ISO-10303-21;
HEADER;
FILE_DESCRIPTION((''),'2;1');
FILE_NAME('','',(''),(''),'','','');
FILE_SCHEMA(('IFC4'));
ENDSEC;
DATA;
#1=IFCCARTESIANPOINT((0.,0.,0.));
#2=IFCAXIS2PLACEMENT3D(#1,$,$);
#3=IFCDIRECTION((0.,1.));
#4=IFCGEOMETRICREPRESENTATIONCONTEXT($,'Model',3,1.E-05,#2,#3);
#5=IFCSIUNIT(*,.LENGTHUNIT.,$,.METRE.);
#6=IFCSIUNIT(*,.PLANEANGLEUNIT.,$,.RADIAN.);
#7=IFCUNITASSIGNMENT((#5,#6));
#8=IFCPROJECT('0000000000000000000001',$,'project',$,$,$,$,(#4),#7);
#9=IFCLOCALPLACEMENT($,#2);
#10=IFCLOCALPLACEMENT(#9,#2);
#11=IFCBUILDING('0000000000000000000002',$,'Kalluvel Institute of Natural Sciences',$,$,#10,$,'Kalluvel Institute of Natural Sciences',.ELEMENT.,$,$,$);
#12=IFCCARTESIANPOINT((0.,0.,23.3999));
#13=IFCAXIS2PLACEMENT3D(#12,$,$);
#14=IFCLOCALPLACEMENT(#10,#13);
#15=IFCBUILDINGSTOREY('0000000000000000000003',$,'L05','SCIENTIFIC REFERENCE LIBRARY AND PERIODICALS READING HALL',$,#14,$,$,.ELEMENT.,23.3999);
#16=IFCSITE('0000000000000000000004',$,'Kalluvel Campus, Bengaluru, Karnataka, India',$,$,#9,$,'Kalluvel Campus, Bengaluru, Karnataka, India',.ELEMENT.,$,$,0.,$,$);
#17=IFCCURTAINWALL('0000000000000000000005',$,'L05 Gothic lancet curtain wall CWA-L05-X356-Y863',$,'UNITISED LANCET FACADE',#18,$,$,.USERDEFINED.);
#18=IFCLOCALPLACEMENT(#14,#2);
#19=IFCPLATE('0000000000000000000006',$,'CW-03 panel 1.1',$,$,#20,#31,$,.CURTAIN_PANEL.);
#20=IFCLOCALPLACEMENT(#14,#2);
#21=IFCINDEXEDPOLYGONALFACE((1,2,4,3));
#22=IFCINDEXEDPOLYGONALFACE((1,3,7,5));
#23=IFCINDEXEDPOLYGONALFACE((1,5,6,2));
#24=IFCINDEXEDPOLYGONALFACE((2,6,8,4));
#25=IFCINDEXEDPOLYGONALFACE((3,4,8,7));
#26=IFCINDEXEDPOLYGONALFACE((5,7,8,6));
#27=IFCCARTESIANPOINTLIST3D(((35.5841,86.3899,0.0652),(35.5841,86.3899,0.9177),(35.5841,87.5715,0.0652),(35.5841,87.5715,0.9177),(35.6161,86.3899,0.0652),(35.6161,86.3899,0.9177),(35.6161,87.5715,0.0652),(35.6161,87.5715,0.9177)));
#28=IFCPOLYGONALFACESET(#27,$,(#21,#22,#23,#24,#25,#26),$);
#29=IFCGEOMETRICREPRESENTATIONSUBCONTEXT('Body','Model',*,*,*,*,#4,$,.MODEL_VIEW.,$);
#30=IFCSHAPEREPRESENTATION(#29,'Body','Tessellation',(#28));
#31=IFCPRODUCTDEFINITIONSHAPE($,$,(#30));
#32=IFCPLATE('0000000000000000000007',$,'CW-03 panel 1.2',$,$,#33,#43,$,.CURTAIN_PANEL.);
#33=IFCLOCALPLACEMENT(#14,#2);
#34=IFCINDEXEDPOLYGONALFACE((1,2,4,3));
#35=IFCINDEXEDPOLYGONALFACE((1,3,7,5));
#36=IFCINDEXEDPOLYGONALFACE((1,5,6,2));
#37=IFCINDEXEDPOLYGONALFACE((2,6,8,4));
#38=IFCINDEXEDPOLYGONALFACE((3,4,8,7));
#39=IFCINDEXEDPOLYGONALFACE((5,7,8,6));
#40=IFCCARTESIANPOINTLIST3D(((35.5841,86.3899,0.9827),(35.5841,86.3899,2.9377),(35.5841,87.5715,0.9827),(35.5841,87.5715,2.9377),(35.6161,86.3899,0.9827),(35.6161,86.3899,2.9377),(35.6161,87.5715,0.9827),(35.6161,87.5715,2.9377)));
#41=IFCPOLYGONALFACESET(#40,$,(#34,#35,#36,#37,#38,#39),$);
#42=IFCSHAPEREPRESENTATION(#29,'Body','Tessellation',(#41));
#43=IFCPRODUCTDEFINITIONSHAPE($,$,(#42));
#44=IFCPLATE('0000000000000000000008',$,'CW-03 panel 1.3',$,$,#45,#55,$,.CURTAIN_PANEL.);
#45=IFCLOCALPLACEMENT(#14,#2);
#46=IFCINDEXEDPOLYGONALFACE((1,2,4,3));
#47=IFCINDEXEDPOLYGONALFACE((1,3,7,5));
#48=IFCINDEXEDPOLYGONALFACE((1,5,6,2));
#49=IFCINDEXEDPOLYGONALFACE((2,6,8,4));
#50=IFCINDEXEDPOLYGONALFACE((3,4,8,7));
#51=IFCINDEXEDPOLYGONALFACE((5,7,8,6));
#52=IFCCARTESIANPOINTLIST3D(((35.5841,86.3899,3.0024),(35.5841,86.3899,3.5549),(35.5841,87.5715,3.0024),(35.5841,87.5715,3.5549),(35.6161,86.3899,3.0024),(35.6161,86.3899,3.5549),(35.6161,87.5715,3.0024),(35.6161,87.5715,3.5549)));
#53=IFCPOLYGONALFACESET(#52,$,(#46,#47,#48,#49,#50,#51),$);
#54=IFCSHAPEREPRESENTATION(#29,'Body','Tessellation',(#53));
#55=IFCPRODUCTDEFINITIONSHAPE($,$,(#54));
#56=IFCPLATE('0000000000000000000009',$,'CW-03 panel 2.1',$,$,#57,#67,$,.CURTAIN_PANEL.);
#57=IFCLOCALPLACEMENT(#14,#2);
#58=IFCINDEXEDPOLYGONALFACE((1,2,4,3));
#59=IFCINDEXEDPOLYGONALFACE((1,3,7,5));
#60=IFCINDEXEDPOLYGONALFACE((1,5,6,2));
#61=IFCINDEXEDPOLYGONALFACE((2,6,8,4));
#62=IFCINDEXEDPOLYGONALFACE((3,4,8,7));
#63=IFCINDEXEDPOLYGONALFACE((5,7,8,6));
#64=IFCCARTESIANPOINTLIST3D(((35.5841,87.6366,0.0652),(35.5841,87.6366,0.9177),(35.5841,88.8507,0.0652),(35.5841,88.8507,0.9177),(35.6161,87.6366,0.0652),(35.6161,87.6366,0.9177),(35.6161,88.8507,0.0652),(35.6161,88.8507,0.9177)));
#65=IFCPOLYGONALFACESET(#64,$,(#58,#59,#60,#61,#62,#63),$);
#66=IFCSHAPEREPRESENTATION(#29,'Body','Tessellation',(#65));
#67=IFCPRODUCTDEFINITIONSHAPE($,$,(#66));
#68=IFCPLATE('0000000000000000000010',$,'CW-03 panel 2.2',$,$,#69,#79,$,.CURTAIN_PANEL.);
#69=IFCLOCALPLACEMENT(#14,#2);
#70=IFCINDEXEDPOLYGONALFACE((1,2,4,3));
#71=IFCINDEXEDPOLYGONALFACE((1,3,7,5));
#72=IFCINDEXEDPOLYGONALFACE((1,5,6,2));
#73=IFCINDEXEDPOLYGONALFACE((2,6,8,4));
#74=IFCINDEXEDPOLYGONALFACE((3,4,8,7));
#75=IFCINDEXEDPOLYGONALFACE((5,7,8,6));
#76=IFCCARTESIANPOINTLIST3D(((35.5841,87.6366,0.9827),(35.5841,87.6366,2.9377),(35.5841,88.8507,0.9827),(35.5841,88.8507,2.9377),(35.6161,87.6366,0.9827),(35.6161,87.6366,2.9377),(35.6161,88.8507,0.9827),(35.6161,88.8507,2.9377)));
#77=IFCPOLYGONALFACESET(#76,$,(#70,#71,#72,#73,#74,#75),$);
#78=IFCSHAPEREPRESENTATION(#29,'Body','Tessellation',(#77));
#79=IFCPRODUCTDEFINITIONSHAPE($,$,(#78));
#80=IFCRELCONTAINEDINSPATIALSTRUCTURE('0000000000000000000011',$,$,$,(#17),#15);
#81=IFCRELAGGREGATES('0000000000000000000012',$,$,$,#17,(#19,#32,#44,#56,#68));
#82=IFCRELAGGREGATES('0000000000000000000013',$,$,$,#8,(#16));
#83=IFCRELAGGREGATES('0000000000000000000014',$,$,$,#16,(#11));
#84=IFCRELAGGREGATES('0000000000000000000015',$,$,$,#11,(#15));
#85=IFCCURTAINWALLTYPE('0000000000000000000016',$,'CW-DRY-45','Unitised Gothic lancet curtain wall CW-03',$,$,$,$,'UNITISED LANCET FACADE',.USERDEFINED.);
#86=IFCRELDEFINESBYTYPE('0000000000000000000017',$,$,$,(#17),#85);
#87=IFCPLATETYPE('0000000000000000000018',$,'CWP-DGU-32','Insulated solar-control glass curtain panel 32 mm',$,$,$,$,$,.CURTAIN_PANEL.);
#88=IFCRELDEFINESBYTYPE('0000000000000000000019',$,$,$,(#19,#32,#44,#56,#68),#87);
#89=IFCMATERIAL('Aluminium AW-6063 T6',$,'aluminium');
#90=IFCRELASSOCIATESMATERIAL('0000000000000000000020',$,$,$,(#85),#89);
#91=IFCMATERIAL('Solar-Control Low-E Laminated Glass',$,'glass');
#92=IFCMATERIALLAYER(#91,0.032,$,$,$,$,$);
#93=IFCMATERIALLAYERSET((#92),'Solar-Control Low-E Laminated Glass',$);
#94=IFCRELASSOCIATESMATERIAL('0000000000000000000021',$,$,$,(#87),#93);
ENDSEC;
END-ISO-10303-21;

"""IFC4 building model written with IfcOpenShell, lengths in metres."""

from ifc_helpers import new_model, si_unit, direction, frame, origin, origin_2d, place, context, subcontext, project, spatial, rectangle, extrude, material, layer, layer_set, type_object, element, aggregate, save


model = new_model("IFC4")

# Units and contexts
model_context = context("Model", 3, precision=1e-05, world=origin(), true_north=direction((0.0, 1.0)))
body_context = subcontext(model_context, "Body", "Model", "MODEL_VIEW")
ifc_project = project(units=[si_unit("LENGTHUNIT", "METRE"), si_unit("PLANEANGLEUNIT", "RADIAN")], contexts=[model_context])

# Site, building, storey
site_placement = place(None, origin())
site = spatial("IfcSite", under=ifc_project, at=site_placement, Name="Kalluvel Campus, Bengaluru, Karnataka, India", LongName="Kalluvel Campus, Bengaluru, Karnataka, India", CompositionType="ELEMENT", RefElevation=0.0)
building_placement = place(site_placement, origin())
building = spatial("IfcBuilding", under=site, at=building_placement, Name="Kalluvel Institute of Natural Sciences", LongName="Kalluvel Institute of Natural Sciences", CompositionType="ELEMENT")
storey_placement = place(building_placement, frame((0.0, 0.0, 23.3999)))
storey = spatial("IfcBuildingStorey", under=building, at=storey_placement, Name="L05", Description="SCIENTIFIC REFERENCE LIBRARY AND PERIODICALS READING HALL", CompositionType="ELEMENT", Elevation=23.3999)

# Curtain wall
ifc_material_1 = material(Name="Aluminium AW-6063 T6", Category="aluminium")
curtain_wall_type = type_object("IfcCurtainWallType", Name="CW-DRY-45", Description="Unitised Gothic lancet curtain wall CW-03", ElementType="UNITISED LANCET FACADE", PredefinedType="USERDEFINED", material=ifc_material_1)
curtain_wall_1_placement = place(storey_placement, origin())
curtain_wall_1 = element("IfcCurtainWall", 1, at=curtain_wall_1_placement, inside=storey, type_object=curtain_wall_type, Name="L05 Gothic lancet curtain wall CWA-L05-X356-Y863", ObjectType="UNITISED LANCET FACADE", PredefinedType="USERDEFINED")

# Plates
ifc_material_2 = material(Name="Solar-Control Low-E Laminated Glass", Category="glass")
ifc_layer = layer(ifc_material_2, 0.032)
ifc_layer_set = layer_set([ifc_layer], Name="Solar-Control Low-E Laminated Glass")
plate_type = type_object("IfcPlateType", Name="CWP-DGU-32", Description="Insulated solar-control glass curtain panel 32 mm", PredefinedType="CURTAIN_PANEL", material=ifc_layer_set)
plate_1_placement = place(storey_placement, frame((35.6001, 86.9807, 0.0652), z_axis=(0.0, 0.0, 1.0), x_axis=(0.0, 1.0, 0.0)))
plate_1 = element("IfcPlate", 2, at=plate_1_placement, type_object=plate_type, Name="CW-03 panel 1.1", PredefinedType="CURTAIN_PANEL", context=body_context, shape_type="SweptSolid", body=[
    extrude(rectangle(XDim=1.1816, YDim=0.032, at=origin_2d()), origin(), (0.0, 0.0, 1.0), 0.8525),
])
plate_2_placement = place(storey_placement, frame((35.6001, 86.9807, 0.9827), z_axis=(0.0, 0.0, 1.0), x_axis=(0.0, 1.0, 0.0)))
plate_2 = element("IfcPlate", 3, at=plate_2_placement, type_object=plate_type, Name="CW-03 panel 1.2", PredefinedType="CURTAIN_PANEL", context=body_context, shape_type="SweptSolid", body=[
    extrude(rectangle(XDim=1.1816, YDim=0.032, at=origin_2d()), origin(), (0.0, 0.0, 1.0), 1.9551),
])
plate_3_placement = place(storey_placement, frame((35.6001, 86.9807, 3.0024), z_axis=(0.0, 0.0, 1.0), x_axis=(0.0, 1.0, 0.0)))
plate_3 = element("IfcPlate", 4, at=plate_3_placement, type_object=plate_type, Name="CW-03 panel 1.3", PredefinedType="CURTAIN_PANEL", context=body_context, shape_type="SweptSolid", body=[
    extrude(rectangle(XDim=1.1816, YDim=0.032, at=origin_2d()), origin(), (0.0, 0.0, 1.0), 0.5525),
])
plate_4_placement = place(storey_placement, frame((35.6001, 88.2437, 0.0652), z_axis=(0.0, 0.0, 1.0), x_axis=(0.0, 1.0, 0.0)))
plate_4 = element("IfcPlate", 5, at=plate_4_placement, type_object=plate_type, Name="CW-03 panel 2.1", PredefinedType="CURTAIN_PANEL", context=body_context, shape_type="SweptSolid", body=[
    extrude(rectangle(XDim=1.2141, YDim=0.032, at=origin_2d()), origin(), (0.0, 0.0, 1.0), 0.8525),
])
plate_5_placement = place(storey_placement, frame((35.6001, 88.2437, 0.9827), z_axis=(0.0, 0.0, 1.0), x_axis=(0.0, 1.0, 0.0)))
plate_5 = element("IfcPlate", 6, at=plate_5_placement, type_object=plate_type, Name="CW-03 panel 2.2", PredefinedType="CURTAIN_PANEL", context=body_context, shape_type="SweptSolid", body=[
    extrude(rectangle(XDim=1.2141, YDim=0.032, at=origin_2d()), origin(), (0.0, 0.0, 1.0), 1.9551),
])
aggregate(curtain_wall_1, [plate_1, plate_2, plate_3, plate_4, plate_5])

save(model, "model.ifc")
